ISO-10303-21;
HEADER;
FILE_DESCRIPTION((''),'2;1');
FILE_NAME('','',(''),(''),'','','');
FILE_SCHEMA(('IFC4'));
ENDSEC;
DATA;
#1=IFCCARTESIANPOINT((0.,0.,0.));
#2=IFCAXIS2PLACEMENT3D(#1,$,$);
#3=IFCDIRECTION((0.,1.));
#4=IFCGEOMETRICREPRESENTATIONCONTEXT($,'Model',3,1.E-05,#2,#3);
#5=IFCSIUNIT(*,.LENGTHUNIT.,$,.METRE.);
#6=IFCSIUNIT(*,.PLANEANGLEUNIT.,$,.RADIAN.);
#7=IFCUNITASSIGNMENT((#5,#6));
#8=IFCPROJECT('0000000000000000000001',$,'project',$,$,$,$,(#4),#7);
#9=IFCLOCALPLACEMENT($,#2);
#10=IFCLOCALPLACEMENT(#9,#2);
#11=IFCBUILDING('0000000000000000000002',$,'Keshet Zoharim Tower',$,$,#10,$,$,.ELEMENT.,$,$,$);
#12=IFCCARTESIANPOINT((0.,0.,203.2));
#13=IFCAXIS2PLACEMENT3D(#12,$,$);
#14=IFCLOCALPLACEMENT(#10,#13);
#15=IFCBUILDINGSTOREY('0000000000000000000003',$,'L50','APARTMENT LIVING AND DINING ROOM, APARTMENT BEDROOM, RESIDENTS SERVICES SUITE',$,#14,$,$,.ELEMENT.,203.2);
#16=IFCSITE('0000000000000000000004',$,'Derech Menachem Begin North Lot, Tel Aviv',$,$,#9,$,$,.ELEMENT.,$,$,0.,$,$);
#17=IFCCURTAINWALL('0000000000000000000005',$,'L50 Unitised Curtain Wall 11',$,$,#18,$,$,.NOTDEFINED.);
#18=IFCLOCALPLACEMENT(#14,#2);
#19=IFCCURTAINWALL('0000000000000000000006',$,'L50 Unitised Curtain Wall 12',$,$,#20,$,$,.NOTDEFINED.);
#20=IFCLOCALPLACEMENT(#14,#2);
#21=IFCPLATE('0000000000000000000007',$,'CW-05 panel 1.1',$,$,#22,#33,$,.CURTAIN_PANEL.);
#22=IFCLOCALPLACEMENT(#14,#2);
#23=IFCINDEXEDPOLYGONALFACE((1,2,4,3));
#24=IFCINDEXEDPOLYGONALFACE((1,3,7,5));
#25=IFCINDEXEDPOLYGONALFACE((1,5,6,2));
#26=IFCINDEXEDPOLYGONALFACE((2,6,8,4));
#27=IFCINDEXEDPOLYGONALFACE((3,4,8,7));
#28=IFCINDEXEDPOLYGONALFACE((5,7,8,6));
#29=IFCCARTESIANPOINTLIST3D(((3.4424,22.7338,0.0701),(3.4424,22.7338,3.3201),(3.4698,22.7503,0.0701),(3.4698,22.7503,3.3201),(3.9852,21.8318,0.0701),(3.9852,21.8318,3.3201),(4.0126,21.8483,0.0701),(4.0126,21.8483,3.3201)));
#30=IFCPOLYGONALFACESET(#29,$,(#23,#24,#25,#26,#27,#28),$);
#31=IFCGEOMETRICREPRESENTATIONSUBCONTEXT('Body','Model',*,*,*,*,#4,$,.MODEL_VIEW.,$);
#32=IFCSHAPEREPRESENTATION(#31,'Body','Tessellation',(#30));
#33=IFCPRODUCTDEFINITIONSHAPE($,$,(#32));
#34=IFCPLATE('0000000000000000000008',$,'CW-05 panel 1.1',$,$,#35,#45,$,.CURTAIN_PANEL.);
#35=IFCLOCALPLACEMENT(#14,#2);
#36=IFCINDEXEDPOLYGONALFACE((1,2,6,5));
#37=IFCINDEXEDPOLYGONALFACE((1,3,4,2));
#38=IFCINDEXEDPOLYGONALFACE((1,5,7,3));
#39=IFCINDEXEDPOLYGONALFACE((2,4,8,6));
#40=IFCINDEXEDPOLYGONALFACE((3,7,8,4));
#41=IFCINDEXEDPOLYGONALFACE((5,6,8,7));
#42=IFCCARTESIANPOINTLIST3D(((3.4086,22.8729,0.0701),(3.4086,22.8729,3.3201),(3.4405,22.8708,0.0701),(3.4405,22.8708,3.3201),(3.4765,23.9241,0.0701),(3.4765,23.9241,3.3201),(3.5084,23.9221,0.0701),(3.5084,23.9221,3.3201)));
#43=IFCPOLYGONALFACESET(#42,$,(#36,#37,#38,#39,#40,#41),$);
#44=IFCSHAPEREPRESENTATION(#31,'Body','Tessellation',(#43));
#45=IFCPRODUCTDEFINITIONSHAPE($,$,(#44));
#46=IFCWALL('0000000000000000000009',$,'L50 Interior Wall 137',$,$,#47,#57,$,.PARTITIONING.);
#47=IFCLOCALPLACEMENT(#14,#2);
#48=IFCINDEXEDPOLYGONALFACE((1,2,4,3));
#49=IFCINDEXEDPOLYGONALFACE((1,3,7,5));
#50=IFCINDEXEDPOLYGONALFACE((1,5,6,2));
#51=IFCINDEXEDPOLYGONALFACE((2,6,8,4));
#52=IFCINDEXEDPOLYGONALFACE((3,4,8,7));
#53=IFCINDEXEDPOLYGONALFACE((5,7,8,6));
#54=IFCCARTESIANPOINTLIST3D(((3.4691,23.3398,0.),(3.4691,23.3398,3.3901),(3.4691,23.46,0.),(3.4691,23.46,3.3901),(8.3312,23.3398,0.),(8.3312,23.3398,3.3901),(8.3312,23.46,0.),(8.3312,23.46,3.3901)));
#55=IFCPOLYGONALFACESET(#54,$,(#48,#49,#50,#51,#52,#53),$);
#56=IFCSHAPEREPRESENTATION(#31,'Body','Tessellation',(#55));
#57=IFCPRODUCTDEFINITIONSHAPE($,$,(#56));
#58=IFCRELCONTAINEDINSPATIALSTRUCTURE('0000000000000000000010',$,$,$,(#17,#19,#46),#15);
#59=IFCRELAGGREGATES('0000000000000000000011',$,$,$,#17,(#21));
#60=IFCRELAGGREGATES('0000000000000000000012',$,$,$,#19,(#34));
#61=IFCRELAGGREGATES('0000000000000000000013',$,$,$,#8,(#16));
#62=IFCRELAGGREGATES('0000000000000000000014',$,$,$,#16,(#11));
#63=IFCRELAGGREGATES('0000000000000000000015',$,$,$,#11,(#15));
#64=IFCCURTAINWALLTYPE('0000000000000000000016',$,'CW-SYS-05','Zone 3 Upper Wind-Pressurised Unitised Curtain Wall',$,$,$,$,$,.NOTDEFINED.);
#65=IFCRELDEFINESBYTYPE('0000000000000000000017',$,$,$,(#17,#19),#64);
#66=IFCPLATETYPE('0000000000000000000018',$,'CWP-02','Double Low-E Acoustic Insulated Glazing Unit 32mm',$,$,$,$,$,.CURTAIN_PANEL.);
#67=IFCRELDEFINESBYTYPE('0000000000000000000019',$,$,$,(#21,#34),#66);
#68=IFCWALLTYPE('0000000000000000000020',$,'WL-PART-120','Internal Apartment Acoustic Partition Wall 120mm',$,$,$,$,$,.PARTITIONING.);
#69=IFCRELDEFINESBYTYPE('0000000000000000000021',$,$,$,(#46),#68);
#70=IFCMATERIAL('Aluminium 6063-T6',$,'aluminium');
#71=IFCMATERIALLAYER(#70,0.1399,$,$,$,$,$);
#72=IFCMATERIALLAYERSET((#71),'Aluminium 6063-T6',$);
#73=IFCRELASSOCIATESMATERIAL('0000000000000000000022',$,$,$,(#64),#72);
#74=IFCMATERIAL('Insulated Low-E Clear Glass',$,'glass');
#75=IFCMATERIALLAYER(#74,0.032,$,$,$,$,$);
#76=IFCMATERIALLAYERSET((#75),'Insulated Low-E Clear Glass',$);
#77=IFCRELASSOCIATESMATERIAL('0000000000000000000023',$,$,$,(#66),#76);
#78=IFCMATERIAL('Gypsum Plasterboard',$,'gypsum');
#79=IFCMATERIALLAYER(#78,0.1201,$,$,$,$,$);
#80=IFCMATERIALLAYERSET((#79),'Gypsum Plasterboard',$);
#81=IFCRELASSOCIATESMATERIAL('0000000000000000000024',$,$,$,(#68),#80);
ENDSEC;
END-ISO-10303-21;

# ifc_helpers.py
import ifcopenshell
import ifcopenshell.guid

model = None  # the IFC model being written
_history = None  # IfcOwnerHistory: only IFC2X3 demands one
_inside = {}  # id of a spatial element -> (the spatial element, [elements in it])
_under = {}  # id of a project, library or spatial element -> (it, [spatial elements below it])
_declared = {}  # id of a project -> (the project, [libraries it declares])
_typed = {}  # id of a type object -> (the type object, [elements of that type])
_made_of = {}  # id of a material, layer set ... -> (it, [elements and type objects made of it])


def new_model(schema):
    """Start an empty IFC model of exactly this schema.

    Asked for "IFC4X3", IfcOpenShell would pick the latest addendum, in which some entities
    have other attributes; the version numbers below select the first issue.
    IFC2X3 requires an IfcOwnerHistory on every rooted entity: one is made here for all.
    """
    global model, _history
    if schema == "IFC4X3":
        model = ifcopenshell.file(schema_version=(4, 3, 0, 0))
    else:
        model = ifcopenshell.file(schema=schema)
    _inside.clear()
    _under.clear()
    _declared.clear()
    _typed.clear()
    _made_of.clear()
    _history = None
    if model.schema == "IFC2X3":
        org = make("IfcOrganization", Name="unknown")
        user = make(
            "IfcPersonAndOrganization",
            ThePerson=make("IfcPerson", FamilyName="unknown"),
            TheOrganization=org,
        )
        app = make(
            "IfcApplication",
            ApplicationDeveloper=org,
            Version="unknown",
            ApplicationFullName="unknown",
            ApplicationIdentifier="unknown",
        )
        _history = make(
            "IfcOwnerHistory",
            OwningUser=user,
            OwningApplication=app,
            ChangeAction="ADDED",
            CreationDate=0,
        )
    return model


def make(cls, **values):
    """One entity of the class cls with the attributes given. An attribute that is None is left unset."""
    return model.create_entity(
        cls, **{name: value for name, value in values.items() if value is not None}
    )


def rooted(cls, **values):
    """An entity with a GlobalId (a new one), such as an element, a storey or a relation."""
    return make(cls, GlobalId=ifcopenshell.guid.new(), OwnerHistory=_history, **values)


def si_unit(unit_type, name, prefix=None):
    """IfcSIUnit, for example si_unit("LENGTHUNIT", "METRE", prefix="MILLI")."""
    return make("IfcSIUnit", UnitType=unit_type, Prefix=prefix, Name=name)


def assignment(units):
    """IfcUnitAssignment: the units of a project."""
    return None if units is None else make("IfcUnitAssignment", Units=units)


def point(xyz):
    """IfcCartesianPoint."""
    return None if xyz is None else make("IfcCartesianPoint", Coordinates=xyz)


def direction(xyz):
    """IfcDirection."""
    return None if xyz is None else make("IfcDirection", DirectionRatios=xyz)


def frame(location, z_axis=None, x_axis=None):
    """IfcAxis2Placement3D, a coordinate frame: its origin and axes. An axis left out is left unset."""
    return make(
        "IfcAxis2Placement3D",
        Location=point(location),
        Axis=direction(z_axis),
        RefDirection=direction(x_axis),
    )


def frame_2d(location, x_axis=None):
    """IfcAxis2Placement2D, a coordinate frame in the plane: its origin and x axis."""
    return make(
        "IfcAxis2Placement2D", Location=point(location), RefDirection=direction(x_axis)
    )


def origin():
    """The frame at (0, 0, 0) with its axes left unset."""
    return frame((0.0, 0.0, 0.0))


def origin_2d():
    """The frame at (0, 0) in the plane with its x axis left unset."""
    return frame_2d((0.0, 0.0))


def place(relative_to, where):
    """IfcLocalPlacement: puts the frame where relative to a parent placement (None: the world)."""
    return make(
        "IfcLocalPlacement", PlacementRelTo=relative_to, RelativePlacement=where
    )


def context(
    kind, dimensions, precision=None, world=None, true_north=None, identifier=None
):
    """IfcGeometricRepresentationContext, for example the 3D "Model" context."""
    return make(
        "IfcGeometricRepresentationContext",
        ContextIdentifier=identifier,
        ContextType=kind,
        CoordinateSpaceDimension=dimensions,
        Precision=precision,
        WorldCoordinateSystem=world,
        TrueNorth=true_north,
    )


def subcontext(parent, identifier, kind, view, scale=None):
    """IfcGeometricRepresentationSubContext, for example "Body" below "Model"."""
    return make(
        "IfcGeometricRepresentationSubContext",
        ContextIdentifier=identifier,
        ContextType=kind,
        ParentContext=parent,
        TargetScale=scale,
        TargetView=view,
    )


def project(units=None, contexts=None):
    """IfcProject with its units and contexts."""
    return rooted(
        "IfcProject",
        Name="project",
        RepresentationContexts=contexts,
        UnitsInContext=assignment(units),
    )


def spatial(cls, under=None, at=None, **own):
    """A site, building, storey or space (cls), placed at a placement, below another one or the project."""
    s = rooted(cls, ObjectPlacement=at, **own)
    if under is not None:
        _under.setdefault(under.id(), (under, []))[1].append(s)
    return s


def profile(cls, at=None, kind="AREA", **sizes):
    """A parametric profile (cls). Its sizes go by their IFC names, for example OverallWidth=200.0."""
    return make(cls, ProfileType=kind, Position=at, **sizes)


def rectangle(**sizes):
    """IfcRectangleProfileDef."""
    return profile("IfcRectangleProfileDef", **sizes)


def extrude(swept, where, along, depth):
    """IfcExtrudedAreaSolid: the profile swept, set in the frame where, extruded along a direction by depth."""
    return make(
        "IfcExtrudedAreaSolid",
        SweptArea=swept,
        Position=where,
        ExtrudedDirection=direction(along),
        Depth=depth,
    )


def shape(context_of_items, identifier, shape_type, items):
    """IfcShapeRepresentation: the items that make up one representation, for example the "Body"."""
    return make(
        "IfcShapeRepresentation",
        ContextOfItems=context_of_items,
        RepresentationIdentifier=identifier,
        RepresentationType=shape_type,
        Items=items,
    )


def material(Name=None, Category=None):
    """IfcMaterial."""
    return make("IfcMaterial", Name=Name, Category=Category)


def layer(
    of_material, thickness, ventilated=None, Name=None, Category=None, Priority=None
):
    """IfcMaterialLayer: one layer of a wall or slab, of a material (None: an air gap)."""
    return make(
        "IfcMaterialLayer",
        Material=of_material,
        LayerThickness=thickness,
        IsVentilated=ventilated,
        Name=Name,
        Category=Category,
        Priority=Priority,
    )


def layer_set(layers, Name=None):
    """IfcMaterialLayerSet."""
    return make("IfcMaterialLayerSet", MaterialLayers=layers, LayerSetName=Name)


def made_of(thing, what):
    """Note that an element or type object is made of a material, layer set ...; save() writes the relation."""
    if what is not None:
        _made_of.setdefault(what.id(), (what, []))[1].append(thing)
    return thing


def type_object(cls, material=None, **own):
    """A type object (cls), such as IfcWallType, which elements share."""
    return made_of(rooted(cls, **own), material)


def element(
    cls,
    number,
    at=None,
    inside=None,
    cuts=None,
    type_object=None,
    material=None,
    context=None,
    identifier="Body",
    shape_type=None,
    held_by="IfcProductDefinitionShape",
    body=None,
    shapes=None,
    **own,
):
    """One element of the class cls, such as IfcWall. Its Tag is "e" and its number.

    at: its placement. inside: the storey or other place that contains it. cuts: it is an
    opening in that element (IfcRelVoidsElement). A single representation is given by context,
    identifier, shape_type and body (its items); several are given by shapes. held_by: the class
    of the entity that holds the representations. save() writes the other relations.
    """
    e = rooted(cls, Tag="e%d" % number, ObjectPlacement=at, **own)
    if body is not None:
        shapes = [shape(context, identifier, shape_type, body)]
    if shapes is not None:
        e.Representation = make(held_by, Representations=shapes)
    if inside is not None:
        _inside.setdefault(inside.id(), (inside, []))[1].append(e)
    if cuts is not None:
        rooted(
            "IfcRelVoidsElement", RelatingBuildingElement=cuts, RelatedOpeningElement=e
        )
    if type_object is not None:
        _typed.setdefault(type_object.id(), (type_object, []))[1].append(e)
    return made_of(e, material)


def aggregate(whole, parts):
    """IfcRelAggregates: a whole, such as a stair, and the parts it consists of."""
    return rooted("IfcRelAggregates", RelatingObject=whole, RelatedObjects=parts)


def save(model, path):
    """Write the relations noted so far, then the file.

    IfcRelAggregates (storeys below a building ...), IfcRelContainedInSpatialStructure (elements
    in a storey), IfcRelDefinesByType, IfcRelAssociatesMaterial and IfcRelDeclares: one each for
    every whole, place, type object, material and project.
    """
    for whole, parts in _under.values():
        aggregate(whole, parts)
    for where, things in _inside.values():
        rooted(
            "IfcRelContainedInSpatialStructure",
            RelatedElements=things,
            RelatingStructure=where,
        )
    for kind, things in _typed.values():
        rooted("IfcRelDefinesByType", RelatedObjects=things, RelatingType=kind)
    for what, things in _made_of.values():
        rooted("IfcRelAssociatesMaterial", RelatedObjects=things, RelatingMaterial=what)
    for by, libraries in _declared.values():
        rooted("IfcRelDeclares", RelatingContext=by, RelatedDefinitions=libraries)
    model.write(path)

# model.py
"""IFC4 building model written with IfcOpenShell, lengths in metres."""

from ifc_helpers import new_model, si_unit, direction, frame, frame_2d, origin, origin_2d, place, context, subcontext, project, spatial, rectangle, extrude, material, layer, layer_set, type_object, element, aggregate, save


model = new_model("IFC4")

# Units and contexts
model_context = context("Model", 3, precision=1e-05, world=origin(), true_north=direction((0.0, 1.0)))
body_context = subcontext(model_context, "Body", "Model", "MODEL_VIEW")
ifc_project = project(units=[si_unit("LENGTHUNIT", "METRE"), si_unit("PLANEANGLEUNIT", "RADIAN")], contexts=[model_context])

# Site, building, storey
site_placement = place(None, origin())
site = spatial("IfcSite", under=ifc_project, at=site_placement, Name="Derech Menachem Begin North Lot, Tel Aviv", CompositionType="ELEMENT", RefElevation=0.0)
building_placement = place(site_placement, origin())
building = spatial("IfcBuilding", under=site, at=building_placement, Name="Keshet Zoharim Tower", CompositionType="ELEMENT")
storey_placement = place(building_placement, frame((0.0, 0.0, 203.2)))
storey = spatial("IfcBuildingStorey", under=building, at=storey_placement, Name="L50", Description="APARTMENT LIVING AND DINING ROOM, APARTMENT BEDROOM, RESIDENTS SERVICES SUITE", CompositionType="ELEMENT", Elevation=203.2)

# Curtain walls
ifc_material_1 = material(Name="Aluminium 6063-T6", Category="aluminium")
ifc_layer_1 = layer(ifc_material_1, 0.1399)
ifc_layer_set_1 = layer_set([ifc_layer_1], Name="Aluminium 6063-T6")
curtain_wall_type = type_object("IfcCurtainWallType", Name="CW-SYS-05", Description="Zone 3 Upper Wind-Pressurised Unitised Curtain Wall", PredefinedType="NOTDEFINED", material=ifc_layer_set_1)
curtain_wall_1_placement = place(storey_placement, origin())
curtain_wall_1 = element("IfcCurtainWall", 1, at=curtain_wall_1_placement, inside=storey, type_object=curtain_wall_type, Name="L50 Unitised Curtain Wall 11", PredefinedType="NOTDEFINED")
curtain_wall_2_placement = place(storey_placement, origin())
curtain_wall_2 = element("IfcCurtainWall", 2, at=curtain_wall_2_placement, inside=storey, type_object=curtain_wall_type, Name="L50 Unitised Curtain Wall 12", PredefinedType="NOTDEFINED")

# Plates
ifc_material_2 = material(Name="Insulated Low-E Clear Glass", Category="glass")
ifc_layer_2 = layer(ifc_material_2, 0.032)
ifc_layer_set_2 = layer_set([ifc_layer_2], Name="Insulated Low-E Clear Glass")
plate_type = type_object("IfcPlateType", Name="CWP-02", Description="Double Low-E Acoustic Insulated Glazing Unit 32mm", PredefinedType="CURTAIN_PANEL", material=ifc_layer_set_2)
plate_1_placement = place(storey_placement, frame((3.7275, 22.291, 0.0701), z_axis=(0.0, 0.0, 1.0), x_axis=(-0.515605, 0.856826, 0.0)))
plate_1 = element("IfcPlate", 3, at=plate_1_placement, type_object=plate_type, Name="CW-05 panel 1.1", PredefinedType="CURTAIN_PANEL", context=body_context, shape_type="SweptSolid", body=[
    extrude(rectangle(XDim=1.0527, YDim=0.032, at=origin_2d()), origin(), (0.0, 0.0, 1.0), 3.25),
])
aggregate(curtain_wall_1, [plate_1])
plate_2_placement = place(storey_placement, frame((3.4585, 23.3975, 0.0701), z_axis=(0.0, 0.0, 1.0), x_axis=(0.064517, 0.997917, 0.0)))
plate_2 = element("IfcPlate", 4, at=plate_2_placement, type_object=plate_type, Name="CW-05 panel 1.1", PredefinedType="CURTAIN_PANEL", context=body_context, shape_type="SweptSolid", body=[
    extrude(rectangle(XDim=1.0535, YDim=0.032, at=origin_2d()), origin(), (0.0, 0.0, 1.0), 3.25),
])
aggregate(curtain_wall_2, [plate_2])

# Wall
ifc_material_3 = material(Name="Gypsum Plasterboard", Category="gypsum")
ifc_layer_3 = layer(ifc_material_3, 0.1201)
ifc_layer_set_3 = layer_set([ifc_layer_3], Name="Gypsum Plasterboard")
wall_type = type_object("IfcWallType", Name="WL-PART-120", Description="Internal Apartment Acoustic Partition Wall 120mm", PredefinedType="PARTITIONING", material=ifc_layer_set_3)
wall_placement = place(storey_placement, frame((3.469, 23.3999, 0.0), z_axis=(0.0, 0.0, 1.0), x_axis=(1.0, 0.0, 0.0)))
element("IfcWall", 5, at=wall_placement, inside=storey, type_object=wall_type, Name="L50 Interior Wall 137", PredefinedType="PARTITIONING", context=body_context, shape_type="SweptSolid", body=[
    extrude(rectangle(XDim=4.8621, YDim=0.1201, at=frame_2d((2.4312, 0.0))), origin(), (0.0, 0.0, 1.0), 3.3901),
])

save(model, "model.ifc")
